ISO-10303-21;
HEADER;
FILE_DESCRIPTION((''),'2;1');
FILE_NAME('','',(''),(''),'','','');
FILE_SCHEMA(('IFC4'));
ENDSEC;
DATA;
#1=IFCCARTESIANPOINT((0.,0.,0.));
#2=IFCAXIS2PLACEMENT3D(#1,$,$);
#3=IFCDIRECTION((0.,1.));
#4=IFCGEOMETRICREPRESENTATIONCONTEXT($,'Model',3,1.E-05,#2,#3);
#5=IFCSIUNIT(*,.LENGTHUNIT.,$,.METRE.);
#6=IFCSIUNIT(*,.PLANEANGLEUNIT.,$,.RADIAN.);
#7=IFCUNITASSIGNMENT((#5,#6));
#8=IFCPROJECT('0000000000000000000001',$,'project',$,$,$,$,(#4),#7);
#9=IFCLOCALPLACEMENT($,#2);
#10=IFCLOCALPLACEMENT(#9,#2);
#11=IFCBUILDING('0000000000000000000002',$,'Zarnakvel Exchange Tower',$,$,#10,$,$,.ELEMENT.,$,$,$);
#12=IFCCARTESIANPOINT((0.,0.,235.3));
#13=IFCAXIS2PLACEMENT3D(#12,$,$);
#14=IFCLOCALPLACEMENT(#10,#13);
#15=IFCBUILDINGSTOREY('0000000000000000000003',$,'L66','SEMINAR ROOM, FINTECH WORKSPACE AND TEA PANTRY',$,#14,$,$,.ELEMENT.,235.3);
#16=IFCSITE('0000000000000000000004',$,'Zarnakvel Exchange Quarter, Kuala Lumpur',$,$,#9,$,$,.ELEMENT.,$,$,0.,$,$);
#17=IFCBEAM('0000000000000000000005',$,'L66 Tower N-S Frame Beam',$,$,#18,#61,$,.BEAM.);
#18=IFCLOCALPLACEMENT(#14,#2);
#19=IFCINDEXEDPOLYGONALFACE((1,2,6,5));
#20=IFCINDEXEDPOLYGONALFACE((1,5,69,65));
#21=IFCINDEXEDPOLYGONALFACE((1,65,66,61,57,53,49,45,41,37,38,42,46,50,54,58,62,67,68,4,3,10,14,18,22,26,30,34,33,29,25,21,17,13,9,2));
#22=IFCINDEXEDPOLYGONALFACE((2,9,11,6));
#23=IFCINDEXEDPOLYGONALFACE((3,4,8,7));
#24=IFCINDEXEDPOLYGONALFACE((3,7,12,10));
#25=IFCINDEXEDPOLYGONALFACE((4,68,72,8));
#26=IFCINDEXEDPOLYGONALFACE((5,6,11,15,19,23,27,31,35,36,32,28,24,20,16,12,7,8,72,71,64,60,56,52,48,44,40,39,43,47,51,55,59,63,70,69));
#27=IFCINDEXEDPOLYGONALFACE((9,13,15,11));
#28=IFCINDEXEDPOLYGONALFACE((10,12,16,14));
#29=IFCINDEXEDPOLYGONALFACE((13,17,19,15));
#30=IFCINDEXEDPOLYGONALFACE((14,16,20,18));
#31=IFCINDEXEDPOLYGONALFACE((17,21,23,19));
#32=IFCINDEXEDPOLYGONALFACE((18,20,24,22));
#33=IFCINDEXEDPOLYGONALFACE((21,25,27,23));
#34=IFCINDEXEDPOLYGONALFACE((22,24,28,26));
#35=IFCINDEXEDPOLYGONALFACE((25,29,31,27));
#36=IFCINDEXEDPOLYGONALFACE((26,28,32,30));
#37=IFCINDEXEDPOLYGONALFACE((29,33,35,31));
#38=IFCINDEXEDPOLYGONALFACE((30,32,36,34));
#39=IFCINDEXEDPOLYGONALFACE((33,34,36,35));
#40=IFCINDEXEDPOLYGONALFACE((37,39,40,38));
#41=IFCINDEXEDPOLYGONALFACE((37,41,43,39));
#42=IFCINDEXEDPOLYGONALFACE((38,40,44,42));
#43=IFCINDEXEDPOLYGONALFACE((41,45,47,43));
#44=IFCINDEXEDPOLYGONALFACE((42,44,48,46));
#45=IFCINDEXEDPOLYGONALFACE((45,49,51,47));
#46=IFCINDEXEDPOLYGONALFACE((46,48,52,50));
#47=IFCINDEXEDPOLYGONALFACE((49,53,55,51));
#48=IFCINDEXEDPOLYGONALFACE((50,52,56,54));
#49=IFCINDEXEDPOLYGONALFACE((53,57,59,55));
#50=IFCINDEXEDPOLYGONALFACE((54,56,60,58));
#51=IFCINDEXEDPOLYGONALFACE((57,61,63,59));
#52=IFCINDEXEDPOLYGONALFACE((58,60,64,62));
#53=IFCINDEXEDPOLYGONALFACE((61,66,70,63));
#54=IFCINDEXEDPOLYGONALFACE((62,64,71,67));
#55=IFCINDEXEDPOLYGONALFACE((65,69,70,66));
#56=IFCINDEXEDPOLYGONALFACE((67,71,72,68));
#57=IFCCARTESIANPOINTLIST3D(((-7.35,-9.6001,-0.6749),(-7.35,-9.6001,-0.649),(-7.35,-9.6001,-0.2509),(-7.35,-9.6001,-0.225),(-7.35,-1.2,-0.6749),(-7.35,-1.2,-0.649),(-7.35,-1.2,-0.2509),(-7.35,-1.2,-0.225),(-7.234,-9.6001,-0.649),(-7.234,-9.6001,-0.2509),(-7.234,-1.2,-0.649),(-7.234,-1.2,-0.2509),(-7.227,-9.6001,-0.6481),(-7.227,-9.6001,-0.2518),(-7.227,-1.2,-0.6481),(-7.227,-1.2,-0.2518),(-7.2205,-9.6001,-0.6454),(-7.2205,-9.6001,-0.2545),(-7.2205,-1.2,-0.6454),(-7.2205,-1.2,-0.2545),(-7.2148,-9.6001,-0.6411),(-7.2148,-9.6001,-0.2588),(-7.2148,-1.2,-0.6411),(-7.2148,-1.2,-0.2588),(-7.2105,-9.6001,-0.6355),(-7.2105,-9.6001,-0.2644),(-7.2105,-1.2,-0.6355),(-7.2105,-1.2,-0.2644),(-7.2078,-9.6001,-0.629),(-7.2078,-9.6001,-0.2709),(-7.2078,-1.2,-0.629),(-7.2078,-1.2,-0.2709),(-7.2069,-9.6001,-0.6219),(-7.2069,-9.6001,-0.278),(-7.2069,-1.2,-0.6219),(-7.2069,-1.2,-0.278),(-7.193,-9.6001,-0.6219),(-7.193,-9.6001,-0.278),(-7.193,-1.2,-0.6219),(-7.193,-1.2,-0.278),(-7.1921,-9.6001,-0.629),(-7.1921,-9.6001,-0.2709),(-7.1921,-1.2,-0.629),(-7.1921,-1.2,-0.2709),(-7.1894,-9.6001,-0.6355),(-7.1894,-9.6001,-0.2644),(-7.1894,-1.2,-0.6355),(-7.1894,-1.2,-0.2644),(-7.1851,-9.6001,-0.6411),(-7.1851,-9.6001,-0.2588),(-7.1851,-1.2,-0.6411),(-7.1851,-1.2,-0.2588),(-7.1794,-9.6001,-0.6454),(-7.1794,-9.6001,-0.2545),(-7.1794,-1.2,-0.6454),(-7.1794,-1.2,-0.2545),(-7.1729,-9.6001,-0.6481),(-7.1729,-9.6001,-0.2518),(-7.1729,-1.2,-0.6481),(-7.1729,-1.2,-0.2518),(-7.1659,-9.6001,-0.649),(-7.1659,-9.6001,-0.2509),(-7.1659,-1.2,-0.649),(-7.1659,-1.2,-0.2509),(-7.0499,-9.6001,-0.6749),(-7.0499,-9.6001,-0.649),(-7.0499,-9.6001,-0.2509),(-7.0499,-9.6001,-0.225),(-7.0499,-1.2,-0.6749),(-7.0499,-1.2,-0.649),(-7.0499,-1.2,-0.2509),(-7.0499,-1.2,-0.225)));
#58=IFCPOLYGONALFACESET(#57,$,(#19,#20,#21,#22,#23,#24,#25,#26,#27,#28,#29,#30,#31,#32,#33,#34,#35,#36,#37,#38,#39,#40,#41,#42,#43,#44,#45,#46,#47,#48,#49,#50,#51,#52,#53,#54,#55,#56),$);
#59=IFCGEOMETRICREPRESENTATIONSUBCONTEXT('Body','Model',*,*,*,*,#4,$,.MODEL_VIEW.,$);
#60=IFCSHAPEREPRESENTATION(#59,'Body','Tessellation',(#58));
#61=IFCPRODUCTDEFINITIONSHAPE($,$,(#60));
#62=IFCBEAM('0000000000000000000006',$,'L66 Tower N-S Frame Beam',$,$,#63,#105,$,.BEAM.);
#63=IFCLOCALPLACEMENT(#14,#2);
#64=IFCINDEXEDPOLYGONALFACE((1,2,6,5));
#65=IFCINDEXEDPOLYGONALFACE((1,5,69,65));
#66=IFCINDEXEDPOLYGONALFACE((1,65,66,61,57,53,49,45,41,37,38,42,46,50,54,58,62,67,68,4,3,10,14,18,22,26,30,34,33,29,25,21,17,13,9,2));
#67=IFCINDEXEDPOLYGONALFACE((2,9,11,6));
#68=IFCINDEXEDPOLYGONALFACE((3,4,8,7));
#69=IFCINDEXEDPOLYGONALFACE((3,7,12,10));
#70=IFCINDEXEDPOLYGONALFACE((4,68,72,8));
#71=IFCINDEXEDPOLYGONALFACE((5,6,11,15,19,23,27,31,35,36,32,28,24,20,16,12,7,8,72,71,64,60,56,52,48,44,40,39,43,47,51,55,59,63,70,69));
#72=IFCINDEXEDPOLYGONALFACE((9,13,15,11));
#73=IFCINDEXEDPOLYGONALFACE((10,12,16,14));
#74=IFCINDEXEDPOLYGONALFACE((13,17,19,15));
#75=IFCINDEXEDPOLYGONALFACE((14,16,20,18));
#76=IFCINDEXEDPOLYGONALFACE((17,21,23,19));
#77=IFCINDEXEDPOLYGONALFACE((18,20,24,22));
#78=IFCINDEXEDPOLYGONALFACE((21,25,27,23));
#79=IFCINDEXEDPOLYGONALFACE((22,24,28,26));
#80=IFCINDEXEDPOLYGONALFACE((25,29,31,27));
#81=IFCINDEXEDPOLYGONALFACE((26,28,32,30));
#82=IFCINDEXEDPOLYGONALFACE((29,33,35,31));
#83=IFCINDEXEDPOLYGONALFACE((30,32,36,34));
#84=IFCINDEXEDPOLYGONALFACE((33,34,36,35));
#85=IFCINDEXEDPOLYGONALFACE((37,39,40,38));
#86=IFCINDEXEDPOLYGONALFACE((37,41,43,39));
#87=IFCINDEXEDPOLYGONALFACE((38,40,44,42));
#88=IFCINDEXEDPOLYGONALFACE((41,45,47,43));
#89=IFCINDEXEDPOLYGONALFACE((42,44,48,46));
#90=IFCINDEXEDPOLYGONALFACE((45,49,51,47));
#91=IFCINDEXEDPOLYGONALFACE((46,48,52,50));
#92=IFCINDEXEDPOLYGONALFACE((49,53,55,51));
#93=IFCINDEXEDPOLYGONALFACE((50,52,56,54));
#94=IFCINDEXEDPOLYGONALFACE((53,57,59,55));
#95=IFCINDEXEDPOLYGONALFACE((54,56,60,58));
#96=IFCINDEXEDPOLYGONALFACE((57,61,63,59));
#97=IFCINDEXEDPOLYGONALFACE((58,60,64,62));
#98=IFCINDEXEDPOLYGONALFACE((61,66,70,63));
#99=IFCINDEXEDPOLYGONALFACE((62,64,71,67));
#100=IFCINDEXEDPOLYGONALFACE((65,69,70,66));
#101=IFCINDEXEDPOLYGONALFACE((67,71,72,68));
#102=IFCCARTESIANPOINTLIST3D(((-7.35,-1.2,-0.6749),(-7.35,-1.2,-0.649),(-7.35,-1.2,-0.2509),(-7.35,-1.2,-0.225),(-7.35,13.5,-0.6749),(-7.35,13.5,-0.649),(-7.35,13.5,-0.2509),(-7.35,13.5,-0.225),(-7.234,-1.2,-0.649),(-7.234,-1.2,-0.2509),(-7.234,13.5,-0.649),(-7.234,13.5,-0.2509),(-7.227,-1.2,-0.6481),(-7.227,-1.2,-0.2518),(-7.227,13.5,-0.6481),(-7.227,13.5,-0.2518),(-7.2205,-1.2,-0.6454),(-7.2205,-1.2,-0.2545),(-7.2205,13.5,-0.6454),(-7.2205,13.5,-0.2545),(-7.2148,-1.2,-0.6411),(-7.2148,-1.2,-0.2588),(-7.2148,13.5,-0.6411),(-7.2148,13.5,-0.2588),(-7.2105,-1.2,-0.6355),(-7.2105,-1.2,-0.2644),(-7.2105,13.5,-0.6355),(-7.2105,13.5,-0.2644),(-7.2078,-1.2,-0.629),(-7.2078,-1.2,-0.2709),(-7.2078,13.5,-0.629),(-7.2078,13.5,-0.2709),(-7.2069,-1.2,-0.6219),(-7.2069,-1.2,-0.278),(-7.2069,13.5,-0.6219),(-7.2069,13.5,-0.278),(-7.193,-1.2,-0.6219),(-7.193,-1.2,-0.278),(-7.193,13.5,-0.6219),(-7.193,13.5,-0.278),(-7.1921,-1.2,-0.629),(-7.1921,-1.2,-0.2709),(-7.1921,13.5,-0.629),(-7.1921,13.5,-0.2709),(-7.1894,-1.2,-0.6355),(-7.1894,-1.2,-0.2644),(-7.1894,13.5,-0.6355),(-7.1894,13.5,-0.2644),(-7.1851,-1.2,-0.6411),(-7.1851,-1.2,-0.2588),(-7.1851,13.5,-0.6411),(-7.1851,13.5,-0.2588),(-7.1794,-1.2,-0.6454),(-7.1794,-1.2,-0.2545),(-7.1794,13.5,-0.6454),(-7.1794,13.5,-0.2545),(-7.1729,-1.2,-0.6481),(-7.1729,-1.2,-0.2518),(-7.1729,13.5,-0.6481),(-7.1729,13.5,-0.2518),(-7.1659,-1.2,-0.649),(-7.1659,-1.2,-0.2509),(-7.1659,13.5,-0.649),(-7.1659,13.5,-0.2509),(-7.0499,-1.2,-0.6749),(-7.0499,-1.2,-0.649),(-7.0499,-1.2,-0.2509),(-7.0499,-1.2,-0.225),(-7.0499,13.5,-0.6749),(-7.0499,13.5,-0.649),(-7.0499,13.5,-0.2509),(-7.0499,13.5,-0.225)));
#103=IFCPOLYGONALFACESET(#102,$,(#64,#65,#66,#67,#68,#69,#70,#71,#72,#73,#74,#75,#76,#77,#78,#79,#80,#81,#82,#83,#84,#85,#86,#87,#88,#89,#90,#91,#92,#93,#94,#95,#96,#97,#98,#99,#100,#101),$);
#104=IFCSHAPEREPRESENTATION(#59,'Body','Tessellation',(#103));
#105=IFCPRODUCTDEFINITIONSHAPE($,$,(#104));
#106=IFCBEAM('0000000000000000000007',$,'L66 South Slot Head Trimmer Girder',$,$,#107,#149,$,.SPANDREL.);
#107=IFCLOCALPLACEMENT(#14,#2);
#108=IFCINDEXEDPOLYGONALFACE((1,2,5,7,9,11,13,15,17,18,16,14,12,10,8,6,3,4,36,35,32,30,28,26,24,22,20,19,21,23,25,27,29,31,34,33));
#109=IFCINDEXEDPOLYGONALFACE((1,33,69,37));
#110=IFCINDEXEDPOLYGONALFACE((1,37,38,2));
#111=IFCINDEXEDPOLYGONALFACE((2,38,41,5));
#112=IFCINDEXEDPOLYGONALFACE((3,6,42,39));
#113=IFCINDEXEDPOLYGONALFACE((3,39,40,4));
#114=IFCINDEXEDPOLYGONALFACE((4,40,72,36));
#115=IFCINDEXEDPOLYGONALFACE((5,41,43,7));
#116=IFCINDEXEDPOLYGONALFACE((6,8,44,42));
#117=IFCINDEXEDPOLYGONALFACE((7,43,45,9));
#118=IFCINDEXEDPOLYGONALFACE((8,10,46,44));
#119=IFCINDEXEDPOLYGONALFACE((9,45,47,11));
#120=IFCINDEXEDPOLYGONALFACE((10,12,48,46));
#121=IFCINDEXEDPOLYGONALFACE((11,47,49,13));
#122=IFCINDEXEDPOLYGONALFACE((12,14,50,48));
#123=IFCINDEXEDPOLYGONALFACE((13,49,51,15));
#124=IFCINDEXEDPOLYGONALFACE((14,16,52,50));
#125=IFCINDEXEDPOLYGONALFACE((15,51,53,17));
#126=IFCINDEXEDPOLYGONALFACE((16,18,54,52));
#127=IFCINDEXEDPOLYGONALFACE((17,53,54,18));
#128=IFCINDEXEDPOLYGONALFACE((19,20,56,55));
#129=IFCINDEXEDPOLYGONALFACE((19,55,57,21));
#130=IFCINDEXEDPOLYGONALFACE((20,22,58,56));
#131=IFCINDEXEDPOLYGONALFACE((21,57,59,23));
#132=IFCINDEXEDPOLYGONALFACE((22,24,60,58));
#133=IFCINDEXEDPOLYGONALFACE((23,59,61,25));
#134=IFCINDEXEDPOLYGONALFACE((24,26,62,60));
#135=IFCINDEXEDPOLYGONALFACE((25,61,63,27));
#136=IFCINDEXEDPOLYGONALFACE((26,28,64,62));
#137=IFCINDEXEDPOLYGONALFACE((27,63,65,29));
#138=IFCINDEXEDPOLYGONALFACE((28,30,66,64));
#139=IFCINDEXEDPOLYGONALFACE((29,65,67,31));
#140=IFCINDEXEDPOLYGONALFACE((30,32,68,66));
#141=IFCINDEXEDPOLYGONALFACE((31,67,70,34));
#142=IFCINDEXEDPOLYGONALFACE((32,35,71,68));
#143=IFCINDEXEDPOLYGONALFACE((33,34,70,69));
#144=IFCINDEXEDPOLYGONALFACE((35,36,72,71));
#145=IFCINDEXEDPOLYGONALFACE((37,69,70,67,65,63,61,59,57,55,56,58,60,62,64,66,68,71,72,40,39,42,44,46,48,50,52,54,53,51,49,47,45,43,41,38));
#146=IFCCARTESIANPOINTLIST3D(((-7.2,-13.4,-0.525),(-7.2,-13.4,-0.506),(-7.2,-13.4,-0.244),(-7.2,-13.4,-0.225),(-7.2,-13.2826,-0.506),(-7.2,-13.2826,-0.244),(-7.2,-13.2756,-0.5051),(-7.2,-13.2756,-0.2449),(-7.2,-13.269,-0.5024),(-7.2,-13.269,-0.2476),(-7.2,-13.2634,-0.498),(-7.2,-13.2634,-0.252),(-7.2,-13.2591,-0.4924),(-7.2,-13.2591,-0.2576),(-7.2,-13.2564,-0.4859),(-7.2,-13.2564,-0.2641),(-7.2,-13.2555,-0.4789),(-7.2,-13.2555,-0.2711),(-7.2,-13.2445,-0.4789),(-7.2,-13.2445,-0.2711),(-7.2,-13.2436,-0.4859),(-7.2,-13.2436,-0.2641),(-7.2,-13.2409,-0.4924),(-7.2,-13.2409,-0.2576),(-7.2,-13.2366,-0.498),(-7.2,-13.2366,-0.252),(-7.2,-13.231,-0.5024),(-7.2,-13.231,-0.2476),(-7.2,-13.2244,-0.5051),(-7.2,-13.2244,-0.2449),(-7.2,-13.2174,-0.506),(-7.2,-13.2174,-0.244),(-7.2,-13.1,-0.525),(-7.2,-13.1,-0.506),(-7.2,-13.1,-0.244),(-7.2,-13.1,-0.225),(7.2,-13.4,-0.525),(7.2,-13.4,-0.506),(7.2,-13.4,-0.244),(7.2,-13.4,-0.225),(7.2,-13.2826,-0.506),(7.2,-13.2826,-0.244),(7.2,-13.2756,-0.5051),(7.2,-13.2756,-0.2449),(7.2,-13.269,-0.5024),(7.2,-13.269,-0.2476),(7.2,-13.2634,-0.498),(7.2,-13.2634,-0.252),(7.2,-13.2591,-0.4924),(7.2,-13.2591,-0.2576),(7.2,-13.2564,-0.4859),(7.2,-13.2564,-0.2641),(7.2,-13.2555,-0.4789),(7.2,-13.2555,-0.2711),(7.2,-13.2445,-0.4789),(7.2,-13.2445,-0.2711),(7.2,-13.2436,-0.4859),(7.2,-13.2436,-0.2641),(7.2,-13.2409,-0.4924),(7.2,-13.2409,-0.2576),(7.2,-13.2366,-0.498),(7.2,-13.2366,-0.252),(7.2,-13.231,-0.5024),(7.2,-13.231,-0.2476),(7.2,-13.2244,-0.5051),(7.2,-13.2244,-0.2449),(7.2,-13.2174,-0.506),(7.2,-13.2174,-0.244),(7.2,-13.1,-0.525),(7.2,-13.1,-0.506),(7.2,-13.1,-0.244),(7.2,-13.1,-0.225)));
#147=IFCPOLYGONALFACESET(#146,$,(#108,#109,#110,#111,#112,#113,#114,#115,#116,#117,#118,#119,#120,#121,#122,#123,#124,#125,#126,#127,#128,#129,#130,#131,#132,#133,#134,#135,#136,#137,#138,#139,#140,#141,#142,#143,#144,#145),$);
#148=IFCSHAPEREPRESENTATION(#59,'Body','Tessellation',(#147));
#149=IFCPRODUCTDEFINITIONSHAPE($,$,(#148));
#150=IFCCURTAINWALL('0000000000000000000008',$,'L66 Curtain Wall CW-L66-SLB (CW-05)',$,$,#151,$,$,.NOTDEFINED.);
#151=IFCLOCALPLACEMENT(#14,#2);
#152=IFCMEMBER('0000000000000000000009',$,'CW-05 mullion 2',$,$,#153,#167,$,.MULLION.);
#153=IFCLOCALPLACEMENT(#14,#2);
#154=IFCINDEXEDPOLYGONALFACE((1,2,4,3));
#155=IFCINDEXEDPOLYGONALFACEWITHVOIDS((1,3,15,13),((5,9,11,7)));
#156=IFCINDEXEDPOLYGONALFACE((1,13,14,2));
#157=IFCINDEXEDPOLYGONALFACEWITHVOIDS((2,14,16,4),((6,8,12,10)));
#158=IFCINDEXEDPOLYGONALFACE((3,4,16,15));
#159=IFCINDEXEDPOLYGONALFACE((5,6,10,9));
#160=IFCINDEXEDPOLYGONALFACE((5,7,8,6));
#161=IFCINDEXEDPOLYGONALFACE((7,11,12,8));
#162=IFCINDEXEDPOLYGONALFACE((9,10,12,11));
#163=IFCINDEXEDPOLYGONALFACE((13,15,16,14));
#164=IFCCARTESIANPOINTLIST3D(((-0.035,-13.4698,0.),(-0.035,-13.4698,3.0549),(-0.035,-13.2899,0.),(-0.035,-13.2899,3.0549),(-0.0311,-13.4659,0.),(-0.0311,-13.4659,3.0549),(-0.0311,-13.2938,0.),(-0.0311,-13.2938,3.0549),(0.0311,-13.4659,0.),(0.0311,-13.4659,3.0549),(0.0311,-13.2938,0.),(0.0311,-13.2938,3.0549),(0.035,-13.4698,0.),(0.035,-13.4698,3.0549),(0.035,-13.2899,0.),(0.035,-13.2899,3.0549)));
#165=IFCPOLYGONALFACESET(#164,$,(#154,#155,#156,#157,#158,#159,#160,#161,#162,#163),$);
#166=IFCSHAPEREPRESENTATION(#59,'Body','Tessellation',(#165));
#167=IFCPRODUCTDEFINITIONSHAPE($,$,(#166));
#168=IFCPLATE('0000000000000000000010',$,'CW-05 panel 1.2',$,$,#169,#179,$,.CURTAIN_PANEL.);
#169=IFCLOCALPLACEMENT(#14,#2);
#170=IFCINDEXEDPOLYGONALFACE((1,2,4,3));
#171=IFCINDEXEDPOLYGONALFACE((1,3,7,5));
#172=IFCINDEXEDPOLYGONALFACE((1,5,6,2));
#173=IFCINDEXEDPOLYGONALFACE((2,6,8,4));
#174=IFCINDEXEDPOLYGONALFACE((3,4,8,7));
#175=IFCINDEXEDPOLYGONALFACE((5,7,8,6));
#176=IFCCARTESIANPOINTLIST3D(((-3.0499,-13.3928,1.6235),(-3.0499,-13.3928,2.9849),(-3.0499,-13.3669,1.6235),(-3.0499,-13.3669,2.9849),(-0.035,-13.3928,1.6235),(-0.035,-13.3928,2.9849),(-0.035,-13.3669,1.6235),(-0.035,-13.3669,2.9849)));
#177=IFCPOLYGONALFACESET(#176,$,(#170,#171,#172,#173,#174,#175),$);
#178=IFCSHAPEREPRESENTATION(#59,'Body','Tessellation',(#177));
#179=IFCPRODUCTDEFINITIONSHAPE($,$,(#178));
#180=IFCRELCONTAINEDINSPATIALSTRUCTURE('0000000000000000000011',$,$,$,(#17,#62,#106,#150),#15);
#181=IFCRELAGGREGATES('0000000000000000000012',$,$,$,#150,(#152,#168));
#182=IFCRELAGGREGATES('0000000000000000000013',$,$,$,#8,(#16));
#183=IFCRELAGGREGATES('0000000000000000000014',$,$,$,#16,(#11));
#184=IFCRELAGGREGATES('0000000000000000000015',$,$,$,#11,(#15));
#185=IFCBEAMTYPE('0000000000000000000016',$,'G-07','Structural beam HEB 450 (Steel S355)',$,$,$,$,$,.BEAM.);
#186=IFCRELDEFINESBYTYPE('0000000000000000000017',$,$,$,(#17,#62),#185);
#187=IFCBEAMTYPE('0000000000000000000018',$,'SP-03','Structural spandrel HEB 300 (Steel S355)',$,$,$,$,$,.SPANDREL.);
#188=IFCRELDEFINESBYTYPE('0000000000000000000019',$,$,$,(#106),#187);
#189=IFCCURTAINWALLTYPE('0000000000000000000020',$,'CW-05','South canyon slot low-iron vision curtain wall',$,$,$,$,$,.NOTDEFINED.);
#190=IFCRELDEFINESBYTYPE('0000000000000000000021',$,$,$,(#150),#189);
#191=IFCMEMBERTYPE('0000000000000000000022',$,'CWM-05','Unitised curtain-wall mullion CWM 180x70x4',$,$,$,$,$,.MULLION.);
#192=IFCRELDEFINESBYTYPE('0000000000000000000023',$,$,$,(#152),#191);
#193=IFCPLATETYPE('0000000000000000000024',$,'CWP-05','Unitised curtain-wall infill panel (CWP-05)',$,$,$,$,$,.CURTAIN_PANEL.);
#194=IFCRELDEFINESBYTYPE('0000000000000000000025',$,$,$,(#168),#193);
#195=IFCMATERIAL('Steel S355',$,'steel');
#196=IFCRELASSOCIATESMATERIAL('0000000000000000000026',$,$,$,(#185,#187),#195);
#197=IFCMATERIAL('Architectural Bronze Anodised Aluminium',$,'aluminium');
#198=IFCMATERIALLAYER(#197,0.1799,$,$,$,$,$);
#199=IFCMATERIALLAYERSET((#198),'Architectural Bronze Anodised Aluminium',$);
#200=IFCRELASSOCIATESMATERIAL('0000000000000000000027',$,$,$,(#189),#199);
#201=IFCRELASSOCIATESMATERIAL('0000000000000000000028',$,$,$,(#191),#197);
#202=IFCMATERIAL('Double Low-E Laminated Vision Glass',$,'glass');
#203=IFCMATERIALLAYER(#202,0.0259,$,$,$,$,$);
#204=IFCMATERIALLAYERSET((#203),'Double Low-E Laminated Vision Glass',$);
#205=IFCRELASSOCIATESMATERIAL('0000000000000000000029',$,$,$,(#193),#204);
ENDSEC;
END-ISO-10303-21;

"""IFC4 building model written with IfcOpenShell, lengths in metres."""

from ifc_helpers import new_model, si_unit, direction, frame, origin, origin_2d, place, context, subcontext, project, spatial, rectangle, hollow_rectangle, i_section, extrude, source, transform, mapped, material, layer, layer_set, material_profile, profile_set, type_object, element, aggregate, save


model = new_model("IFC4")

# Units and contexts
model_context = context("Model", 3, precision=1e-05, world=origin(), true_north=direction((0.0, 1.0)))
body_context = subcontext(model_context, "Body", "Model", "MODEL_VIEW")
ifc_project = project(units=[si_unit("LENGTHUNIT", "METRE"), si_unit("PLANEANGLEUNIT", "RADIAN")], contexts=[model_context])

# Site, building, storey
site_placement = place(None, origin())
site = spatial("IfcSite", under=ifc_project, at=site_placement, Name="Zarnakvel Exchange Quarter, Kuala Lumpur", CompositionType="ELEMENT", RefElevation=0.0)
building_placement = place(site_placement, origin())
building = spatial("IfcBuilding", under=site, at=building_placement, Name="Zarnakvel Exchange Tower", CompositionType="ELEMENT")
storey_placement = place(building_placement, frame((0.0, 0.0, 235.3)))
storey = spatial("IfcBuildingStorey", under=building, at=storey_placement, Name="L66", Description="SEMINAR ROOM, FINTECH WORKSPACE AND TEA PANTRY", CompositionType="ELEMENT", Elevation=235.3)

# Beams
ifc_material_1 = material(Name="Steel S355", Category="steel")
ifc_material_profile_1 = material_profile(ifc_material_1, i_section(OverallWidth=0.3, OverallDepth=0.45, WebThickness=0.0139, FlangeThickness=0.0259, FilletRadius=0.0271, at=origin_2d()))
ifc_profile_set_1 = profile_set([ifc_material_profile_1], Name="Steel S355")
beam_type_1 = type_object("IfcBeamType", Name="G-07", Description="Structural beam HEB 450 (Steel S355)", PredefinedType="BEAM", material=ifc_profile_set_1)
beam_1_placement = place(storey_placement, frame((-7.2, -9.6001, -0.45), z_axis=(0.0, 1.0, 0.0), x_axis=(-1.0, 0.0, 0.0)))
element("IfcBeam", 1, at=beam_1_placement, inside=storey, type_object=beam_type_1, Name="L66 Tower N-S Frame Beam", PredefinedType="BEAM", context=body_context, shape_type="SweptSolid", body=[
    extrude(i_section(OverallWidth=0.3, OverallDepth=0.45, WebThickness=0.0139, FlangeThickness=0.0259, FilletRadius=0.0271, at=origin_2d()), origin(), (0.0, 0.0, 1.0), 8.4001),
])
beam_2_placement = place(storey_placement, frame((-7.2, -1.2, -0.45), z_axis=(0.0, 1.0, 0.0), x_axis=(-1.0, 0.0, 0.0)))
element("IfcBeam", 2, at=beam_2_placement, inside=storey, type_object=beam_type_1, Name="L66 Tower N-S Frame Beam", PredefinedType="BEAM", context=body_context, shape_type="SweptSolid", body=[
    extrude(i_section(OverallWidth=0.3, OverallDepth=0.45, WebThickness=0.0139, FlangeThickness=0.0259, FilletRadius=0.0271, at=origin_2d()), origin(), (0.0, 0.0, 1.0), 14.7),
])
ifc_material_profile_2 = material_profile(ifc_material_1, i_section(OverallWidth=0.3, OverallDepth=0.3, WebThickness=0.011, FlangeThickness=0.019, FilletRadius=0.0271, at=origin_2d()))
ifc_profile_set_2 = profile_set([ifc_material_profile_2], Name="Steel S355")
beam_type_2 = type_object("IfcBeamType", Name="SP-03", Description="Structural spandrel HEB 300 (Steel S355)", PredefinedType="SPANDREL", material=ifc_profile_set_2)
beam_3_placement = place(storey_placement, frame((-7.2, -13.25, -0.375), z_axis=(1.0, 0.0, 0.0), x_axis=(0.0, 1.0, 0.0)))
element("IfcBeam", 3, at=beam_3_placement, inside=storey, type_object=beam_type_2, Name="L66 South Slot Head Trimmer Girder", PredefinedType="SPANDREL", context=body_context, shape_type="SweptSolid", body=[
    extrude(i_section(OverallWidth=0.3, OverallDepth=0.3, WebThickness=0.011, FlangeThickness=0.019, FilletRadius=0.0271, at=origin_2d()), origin(), (0.0, 0.0, 1.0), 14.3999),
])

# Curtain wall, member, plate
ifc_material_2 = material(Name="Architectural Bronze Anodised Aluminium", Category="aluminium")
ifc_layer_1 = layer(ifc_material_2, 0.1799)
ifc_layer_set_1 = layer_set([ifc_layer_1], Name="Architectural Bronze Anodised Aluminium")
curtain_wall_type = type_object("IfcCurtainWallType", Name="CW-05", Description="South canyon slot low-iron vision curtain wall", PredefinedType="NOTDEFINED", material=ifc_layer_set_1)
curtain_wall_placement = place(storey_placement, origin())
curtain_wall = element("IfcCurtainWall", 4, at=curtain_wall_placement, inside=storey, type_object=curtain_wall_type, Name="L66 Curtain Wall CW-L66-SLB (CW-05)", PredefinedType="NOTDEFINED")
ifc_material_profile_3 = material_profile(ifc_material_2, hollow_rectangle(XDim=0.1799, YDim=0.0701, WallThickness=0.0039, at=origin_2d()))
ifc_profile_set_3 = profile_set([ifc_material_profile_3], Name="Architectural Bronze Anodised Aluminium")
member_type = type_object("IfcMemberType", Name="CWM-05", Description="Unitised curtain-wall mullion CWM 180x70x4", PredefinedType="MULLION", material=ifc_profile_set_3)
shared_shape_1 = source(origin(), body_context, "Body", "SweptSolid", [
    extrude(hollow_rectangle(XDim=0.1799, YDim=0.0701, WallThickness=0.0039, at=origin_2d()), origin(), (0.0, 0.0, 1.0), 3.0549),
])
member_placement = place(storey_placement, frame((0.0, -13.3799, 0.0), z_axis=(0.0, 0.0, 1.0), x_axis=(0.0, 1.0, 0.0)))
member = element("IfcMember", 5, at=member_placement, type_object=member_type, Name="CW-05 mullion 2", PredefinedType="MULLION", context=body_context, shape_type="MappedRepresentation", body=[
    mapped(shared_shape_1, transform((0.0, 0.0, 0.0), x_axis=(1.0, 0.0, 0.0), y_axis=(0.0, 1.0, 0.0), z_axis=(0.0, 0.0, 1.0), scale=1.0)),
])
ifc_material_3 = material(Name="Double Low-E Laminated Vision Glass", Category="glass")
ifc_layer_2 = layer(ifc_material_3, 0.0259)
ifc_layer_set_2 = layer_set([ifc_layer_2], Name="Double Low-E Laminated Vision Glass")
plate_type = type_object("IfcPlateType", Name="CWP-05", Description="Unitised curtain-wall infill panel (CWP-05)", PredefinedType="CURTAIN_PANEL", material=ifc_layer_set_2)
shared_shape_2 = source(origin(), body_context, "Body", "SweptSolid", [
    extrude(rectangle(XDim=3.0149, YDim=0.0259, at=origin_2d()), origin(), (0.0, 0.0, 1.0), 1.3613),
])
plate_placement = place(storey_placement, frame((-1.5425, -13.3799, 1.6235), z_axis=(0.0, 0.0, 1.0), x_axis=(1.0, 0.0, 0.0)))
plate = element("IfcPlate", 6, at=plate_placement, type_object=plate_type, Name="CW-05 panel 1.2", PredefinedType="CURTAIN_PANEL", context=body_context, shape_type="MappedRepresentation", body=[
    mapped(shared_shape_2, transform((0.0, 0.0, 0.0), x_axis=(1.0, 0.0, 0.0), y_axis=(0.0, 1.0, 0.0), z_axis=(0.0, 0.0, 1.0), scale=1.0)),
])
aggregate(curtain_wall, [member, plate])

save(model, "model.ifc")
